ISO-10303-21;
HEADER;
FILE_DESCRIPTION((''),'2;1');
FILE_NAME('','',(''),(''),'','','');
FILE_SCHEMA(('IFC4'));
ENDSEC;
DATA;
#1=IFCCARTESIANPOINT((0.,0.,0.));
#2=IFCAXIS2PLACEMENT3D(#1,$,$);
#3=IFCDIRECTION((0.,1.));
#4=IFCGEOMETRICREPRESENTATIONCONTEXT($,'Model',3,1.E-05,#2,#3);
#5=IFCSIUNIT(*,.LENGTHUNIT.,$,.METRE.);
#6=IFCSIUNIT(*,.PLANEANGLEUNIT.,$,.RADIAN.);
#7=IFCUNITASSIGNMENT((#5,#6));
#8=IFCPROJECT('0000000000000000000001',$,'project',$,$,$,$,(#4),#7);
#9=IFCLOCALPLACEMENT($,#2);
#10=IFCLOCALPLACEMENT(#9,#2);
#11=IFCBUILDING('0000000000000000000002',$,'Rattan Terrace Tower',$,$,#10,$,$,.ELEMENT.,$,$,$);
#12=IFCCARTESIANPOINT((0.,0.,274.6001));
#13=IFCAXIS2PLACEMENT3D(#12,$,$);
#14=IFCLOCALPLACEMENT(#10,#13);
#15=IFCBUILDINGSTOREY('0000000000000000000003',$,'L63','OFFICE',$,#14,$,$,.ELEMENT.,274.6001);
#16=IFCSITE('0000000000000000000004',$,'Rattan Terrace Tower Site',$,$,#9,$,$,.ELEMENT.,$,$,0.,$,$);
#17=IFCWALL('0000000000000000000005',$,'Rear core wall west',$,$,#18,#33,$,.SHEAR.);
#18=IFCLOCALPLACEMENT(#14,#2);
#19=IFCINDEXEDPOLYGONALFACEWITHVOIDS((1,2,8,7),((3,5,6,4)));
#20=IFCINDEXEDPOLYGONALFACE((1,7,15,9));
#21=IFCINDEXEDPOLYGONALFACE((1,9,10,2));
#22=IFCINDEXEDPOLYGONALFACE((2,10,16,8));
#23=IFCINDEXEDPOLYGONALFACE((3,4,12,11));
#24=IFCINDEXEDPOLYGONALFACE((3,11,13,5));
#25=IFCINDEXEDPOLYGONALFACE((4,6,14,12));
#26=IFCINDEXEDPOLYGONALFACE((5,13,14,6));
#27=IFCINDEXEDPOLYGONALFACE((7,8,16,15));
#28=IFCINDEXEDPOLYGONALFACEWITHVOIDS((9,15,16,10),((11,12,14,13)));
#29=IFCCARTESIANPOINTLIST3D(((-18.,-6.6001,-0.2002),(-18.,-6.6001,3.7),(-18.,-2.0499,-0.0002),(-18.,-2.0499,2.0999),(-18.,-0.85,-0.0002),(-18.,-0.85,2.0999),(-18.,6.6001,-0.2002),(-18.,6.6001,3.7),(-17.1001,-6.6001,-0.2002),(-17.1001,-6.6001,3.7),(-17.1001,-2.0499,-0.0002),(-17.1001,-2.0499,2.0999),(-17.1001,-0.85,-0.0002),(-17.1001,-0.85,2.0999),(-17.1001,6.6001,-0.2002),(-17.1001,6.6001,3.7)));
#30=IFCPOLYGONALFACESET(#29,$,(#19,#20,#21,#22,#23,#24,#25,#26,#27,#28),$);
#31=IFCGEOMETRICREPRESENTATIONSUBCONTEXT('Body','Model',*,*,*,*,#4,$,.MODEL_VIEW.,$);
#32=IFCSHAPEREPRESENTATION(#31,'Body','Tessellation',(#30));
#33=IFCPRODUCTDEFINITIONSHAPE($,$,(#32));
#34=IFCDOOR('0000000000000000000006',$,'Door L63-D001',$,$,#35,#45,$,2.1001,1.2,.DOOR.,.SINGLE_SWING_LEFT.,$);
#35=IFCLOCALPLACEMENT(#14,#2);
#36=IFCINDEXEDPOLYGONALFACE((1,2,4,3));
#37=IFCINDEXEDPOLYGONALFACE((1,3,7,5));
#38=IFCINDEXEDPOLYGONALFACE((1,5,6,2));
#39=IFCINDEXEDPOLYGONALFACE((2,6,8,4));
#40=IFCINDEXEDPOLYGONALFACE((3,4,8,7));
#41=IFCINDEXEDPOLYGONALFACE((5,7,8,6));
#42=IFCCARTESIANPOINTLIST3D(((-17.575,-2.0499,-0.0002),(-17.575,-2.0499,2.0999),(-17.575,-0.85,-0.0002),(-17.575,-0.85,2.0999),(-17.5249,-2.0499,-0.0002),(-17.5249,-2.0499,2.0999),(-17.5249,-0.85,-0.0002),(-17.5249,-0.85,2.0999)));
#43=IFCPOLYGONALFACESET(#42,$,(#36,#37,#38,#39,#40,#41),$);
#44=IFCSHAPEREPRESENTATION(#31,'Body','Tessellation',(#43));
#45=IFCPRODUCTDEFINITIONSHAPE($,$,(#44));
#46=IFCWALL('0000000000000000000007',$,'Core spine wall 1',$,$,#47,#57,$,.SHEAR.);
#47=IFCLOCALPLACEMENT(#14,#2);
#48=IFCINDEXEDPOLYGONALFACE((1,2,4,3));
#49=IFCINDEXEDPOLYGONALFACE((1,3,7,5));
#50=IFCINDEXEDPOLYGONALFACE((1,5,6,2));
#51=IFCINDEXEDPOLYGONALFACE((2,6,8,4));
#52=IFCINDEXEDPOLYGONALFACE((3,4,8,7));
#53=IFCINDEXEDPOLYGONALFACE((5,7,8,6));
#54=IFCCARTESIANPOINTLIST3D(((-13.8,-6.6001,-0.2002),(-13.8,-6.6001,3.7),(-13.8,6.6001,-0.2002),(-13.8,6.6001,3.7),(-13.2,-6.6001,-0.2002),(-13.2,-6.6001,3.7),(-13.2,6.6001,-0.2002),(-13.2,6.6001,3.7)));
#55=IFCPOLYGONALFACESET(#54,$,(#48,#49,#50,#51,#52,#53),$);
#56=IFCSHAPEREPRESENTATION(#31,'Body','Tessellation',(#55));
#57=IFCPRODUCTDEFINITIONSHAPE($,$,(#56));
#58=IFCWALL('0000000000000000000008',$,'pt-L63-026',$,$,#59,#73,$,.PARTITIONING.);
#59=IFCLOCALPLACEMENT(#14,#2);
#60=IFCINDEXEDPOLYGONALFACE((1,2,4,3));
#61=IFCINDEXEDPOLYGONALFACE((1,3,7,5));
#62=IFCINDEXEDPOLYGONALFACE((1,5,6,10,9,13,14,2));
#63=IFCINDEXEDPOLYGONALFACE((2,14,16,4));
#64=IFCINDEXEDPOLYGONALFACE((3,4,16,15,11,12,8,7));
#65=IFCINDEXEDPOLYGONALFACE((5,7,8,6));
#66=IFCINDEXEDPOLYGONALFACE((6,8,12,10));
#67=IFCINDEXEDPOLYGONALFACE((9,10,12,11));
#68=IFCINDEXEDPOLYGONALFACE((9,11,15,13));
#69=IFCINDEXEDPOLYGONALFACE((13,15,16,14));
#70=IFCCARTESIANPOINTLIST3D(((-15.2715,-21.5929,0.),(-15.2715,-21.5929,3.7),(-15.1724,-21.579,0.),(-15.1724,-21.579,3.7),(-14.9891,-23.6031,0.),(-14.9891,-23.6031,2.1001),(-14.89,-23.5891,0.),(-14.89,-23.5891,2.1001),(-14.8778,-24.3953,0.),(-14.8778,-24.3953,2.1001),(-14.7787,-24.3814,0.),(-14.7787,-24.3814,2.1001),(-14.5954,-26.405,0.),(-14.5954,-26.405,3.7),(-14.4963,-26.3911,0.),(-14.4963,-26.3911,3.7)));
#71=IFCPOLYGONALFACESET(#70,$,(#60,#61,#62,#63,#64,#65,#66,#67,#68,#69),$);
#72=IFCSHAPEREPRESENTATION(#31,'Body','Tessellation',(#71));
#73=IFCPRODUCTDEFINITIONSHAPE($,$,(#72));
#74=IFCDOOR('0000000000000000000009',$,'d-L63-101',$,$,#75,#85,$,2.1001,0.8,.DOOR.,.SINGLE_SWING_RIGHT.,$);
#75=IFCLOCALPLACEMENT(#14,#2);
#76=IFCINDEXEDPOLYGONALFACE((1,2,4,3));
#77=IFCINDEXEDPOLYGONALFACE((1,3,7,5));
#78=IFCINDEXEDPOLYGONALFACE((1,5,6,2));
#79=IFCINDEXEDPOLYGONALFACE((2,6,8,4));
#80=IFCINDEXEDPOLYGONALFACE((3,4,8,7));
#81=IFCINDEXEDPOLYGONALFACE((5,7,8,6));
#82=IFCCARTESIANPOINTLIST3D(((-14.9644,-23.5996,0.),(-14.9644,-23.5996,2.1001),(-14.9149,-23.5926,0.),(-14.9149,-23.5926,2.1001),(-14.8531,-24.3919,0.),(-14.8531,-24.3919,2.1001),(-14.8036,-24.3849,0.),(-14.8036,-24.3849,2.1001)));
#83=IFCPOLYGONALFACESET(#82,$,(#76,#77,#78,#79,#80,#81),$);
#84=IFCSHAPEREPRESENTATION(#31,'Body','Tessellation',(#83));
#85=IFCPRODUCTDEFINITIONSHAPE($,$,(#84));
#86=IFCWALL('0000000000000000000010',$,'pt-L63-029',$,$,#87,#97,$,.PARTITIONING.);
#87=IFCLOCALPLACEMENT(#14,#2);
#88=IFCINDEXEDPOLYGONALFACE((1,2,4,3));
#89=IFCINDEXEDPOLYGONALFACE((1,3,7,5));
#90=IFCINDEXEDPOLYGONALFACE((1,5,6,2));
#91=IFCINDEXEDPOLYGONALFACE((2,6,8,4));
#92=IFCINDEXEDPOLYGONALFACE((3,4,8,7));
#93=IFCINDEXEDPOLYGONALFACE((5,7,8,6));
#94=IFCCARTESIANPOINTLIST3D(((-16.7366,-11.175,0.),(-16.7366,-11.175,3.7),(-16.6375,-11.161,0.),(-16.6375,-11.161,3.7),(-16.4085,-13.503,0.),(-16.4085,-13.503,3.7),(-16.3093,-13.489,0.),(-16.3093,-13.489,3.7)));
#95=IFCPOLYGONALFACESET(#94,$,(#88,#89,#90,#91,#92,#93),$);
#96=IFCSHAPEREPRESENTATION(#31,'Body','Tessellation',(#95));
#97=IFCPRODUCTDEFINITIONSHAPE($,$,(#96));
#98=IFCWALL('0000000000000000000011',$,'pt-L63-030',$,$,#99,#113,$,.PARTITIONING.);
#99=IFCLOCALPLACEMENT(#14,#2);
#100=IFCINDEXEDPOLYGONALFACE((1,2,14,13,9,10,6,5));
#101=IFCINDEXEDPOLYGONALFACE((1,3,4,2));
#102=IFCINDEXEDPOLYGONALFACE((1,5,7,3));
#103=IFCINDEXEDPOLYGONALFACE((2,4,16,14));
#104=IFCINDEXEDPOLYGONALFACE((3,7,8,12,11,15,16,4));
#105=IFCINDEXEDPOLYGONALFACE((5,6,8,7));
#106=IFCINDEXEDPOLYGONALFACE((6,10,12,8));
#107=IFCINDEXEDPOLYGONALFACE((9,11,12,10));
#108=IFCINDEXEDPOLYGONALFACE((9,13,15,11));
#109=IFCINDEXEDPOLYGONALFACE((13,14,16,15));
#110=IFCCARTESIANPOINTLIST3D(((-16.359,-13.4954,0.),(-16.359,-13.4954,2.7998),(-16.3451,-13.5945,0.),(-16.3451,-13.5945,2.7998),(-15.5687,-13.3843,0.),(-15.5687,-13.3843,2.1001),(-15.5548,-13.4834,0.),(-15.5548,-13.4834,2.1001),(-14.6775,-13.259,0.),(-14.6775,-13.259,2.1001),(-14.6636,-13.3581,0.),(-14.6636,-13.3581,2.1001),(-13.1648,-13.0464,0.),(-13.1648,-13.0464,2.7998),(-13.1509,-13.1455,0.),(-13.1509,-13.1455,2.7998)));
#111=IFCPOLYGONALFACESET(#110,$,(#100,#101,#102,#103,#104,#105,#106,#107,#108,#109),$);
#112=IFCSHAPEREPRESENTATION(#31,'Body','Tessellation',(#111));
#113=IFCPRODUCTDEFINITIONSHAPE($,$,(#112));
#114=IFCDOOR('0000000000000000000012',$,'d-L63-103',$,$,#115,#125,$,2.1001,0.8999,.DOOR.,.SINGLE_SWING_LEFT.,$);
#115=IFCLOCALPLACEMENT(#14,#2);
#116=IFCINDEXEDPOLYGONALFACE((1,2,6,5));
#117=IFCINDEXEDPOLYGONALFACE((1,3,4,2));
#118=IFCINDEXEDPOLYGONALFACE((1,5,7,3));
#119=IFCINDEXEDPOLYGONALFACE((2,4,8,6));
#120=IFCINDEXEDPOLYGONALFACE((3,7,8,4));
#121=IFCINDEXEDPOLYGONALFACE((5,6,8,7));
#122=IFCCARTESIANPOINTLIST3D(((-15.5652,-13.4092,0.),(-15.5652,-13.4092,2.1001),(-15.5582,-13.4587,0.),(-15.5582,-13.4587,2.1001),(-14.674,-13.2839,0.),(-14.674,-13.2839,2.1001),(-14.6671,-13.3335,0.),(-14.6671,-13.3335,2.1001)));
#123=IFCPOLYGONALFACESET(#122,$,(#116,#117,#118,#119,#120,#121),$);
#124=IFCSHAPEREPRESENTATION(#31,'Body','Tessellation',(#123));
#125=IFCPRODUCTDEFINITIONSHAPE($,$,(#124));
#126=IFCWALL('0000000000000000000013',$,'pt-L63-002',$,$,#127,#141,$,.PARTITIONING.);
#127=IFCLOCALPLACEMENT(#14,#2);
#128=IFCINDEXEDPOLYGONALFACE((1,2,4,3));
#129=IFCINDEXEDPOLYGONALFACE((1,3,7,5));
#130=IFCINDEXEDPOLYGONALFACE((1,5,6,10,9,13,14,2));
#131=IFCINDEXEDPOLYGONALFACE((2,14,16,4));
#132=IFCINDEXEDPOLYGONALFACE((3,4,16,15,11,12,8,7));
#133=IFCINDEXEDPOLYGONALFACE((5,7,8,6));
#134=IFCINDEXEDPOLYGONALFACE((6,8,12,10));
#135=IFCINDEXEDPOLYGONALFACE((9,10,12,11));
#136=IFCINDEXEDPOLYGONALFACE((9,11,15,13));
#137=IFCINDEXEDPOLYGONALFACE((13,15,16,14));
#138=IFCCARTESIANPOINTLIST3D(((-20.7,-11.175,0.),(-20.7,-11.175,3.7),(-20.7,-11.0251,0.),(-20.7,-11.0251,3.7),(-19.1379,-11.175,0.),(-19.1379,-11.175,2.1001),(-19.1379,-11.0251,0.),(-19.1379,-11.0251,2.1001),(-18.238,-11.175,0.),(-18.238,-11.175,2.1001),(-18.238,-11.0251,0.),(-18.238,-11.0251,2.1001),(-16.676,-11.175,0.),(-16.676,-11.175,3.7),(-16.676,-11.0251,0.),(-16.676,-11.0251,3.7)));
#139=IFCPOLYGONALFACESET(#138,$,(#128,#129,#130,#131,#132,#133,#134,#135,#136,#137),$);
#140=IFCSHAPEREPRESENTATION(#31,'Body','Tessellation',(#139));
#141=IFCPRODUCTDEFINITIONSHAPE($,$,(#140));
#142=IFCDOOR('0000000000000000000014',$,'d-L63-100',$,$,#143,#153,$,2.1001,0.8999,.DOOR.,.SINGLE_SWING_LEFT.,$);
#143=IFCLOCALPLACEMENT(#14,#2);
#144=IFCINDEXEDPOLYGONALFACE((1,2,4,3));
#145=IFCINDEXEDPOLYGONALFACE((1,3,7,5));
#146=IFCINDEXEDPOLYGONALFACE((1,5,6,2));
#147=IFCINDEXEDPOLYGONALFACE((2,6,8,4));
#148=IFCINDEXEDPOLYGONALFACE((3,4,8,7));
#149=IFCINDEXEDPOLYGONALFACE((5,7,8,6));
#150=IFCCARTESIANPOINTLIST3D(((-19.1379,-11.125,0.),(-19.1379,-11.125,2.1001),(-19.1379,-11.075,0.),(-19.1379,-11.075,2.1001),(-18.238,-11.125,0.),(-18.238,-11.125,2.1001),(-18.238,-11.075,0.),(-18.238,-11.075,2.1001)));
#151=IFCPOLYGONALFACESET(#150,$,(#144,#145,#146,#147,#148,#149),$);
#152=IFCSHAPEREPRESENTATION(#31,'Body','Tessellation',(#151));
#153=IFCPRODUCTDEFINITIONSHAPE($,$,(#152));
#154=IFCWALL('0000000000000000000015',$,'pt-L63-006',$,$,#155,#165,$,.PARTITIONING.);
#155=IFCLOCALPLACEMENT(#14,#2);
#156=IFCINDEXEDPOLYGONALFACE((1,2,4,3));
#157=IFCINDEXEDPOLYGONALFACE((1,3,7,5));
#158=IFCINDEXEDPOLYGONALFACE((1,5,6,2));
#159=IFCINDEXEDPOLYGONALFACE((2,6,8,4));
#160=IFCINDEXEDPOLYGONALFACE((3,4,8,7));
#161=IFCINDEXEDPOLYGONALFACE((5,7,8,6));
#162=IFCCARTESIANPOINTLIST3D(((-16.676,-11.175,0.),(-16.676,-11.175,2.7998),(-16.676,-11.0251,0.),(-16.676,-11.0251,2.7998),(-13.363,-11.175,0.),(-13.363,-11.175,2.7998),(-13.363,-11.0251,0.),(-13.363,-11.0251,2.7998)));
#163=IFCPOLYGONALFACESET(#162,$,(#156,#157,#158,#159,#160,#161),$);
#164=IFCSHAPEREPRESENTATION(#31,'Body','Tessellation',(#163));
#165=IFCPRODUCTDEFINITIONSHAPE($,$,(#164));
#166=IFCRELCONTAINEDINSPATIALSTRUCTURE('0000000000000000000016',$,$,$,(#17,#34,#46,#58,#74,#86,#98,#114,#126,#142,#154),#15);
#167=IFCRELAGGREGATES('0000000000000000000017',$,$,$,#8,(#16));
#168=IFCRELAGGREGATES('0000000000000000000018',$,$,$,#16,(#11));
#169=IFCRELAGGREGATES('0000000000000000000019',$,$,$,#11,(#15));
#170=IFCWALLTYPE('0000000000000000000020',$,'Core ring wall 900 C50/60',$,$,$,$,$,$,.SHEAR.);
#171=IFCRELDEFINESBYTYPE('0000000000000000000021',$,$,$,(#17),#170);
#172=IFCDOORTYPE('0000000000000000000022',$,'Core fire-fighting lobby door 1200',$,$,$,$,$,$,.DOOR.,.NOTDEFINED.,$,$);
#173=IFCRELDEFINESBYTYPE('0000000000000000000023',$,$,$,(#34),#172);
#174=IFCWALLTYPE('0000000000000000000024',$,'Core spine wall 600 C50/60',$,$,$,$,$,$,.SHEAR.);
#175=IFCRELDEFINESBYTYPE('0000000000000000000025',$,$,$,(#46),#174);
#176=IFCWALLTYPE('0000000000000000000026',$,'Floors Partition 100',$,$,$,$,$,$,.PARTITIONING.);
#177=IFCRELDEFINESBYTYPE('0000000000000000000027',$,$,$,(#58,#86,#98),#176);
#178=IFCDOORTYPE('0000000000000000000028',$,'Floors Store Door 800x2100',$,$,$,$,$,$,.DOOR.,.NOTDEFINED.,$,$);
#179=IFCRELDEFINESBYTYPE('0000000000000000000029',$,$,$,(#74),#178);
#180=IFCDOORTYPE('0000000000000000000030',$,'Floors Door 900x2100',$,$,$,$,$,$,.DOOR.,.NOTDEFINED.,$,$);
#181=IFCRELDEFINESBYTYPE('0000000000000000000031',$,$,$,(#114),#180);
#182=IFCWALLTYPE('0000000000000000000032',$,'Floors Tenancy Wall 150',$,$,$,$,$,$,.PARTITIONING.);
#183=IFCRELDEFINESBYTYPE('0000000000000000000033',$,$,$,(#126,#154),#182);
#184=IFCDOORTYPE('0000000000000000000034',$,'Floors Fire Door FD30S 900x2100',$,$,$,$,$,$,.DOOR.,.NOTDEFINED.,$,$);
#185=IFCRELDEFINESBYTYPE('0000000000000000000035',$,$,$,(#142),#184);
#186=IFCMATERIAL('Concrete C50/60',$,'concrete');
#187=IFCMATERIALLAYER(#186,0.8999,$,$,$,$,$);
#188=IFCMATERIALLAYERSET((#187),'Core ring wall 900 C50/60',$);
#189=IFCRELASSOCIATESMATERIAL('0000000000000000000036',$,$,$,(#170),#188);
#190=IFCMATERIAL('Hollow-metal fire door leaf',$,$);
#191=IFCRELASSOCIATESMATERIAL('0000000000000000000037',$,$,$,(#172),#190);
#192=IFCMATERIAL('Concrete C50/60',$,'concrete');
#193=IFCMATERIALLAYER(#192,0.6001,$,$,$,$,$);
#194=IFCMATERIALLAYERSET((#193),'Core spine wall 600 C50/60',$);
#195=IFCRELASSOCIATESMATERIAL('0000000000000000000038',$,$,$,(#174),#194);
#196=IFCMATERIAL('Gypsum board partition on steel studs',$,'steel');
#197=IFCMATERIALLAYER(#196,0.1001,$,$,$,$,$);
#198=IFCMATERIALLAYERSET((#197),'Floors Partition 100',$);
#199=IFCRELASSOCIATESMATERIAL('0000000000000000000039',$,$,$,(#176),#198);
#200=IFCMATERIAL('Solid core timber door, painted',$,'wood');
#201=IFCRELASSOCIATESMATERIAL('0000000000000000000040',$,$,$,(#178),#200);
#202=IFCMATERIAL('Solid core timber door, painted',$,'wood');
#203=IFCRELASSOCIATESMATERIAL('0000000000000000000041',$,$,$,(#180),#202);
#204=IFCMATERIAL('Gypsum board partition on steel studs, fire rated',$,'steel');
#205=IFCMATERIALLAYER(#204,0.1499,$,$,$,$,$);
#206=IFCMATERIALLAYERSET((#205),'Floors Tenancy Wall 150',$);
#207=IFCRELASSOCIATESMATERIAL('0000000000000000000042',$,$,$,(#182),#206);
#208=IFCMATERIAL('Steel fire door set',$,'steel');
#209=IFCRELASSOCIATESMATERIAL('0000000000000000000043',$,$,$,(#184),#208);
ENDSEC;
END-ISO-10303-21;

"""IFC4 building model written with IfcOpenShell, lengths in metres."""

from ifc_helpers import new_model, si_unit, direction, frame, frame_2d, origin, place, context, subcontext, project, spatial, rectangle, extrude, material, layer, layer_set, type_object, element, fill, save


model = new_model("IFC4")

# Units and contexts
model_context = context("Model", 3, precision=1e-05, world=origin(), true_north=direction((0.0, 1.0)))
body_context = subcontext(model_context, "Body", "Model", "MODEL_VIEW")
ifc_project = project(units=[si_unit("LENGTHUNIT", "METRE"), si_unit("PLANEANGLEUNIT", "RADIAN")], contexts=[model_context])

# Site, building, storey
site_placement = place(None, origin())
site = spatial("IfcSite", under=ifc_project, at=site_placement, Name="Rattan Terrace Tower Site", CompositionType="ELEMENT", RefElevation=0.0)
building_placement = place(site_placement, origin())
building = spatial("IfcBuilding", under=site, at=building_placement, Name="Rattan Terrace Tower", CompositionType="ELEMENT")
storey_placement = place(building_placement, frame((0.0, 0.0, 274.6001)))
storey = spatial("IfcBuildingStorey", under=building, at=storey_placement, Name="L63", Description="OFFICE", CompositionType="ELEMENT", Elevation=274.6001)

# Wall, opening, door
ifc_material_1 = material(Name="Concrete C50/60", Category="concrete")
ifc_layer_1 = layer(ifc_material_1, 0.8999)
ifc_layer_set_1 = layer_set([ifc_layer_1], Name="Core ring wall 900 C50/60")
wall_type_1 = type_object("IfcWallType", Name="Core ring wall 900 C50/60", PredefinedType="SHEAR", material=ifc_layer_set_1)
wall_1_placement = place(storey_placement, frame((-17.55, -6.6001, -0.2002), z_axis=(0.0, 0.0, 1.0), x_axis=(0.0, 1.0, 0.0)))
wall_1 = element("IfcWall", 1, at=wall_1_placement, inside=storey, type_object=wall_type_1, Name="Rear core wall west", PredefinedType="SHEAR", context=body_context, shape_type="SweptSolid", body=[
    extrude(rectangle(XDim=13.2002, YDim=0.8999, at=frame_2d((6.6001, 0.0))), origin(), (0.0, 0.0, 1.0), 3.9001),
])
opening_1_placement = place(wall_1_placement, frame((4.55, 0.0, 0.2)))
opening_1 = element("IfcOpeningElement", 2, at=opening_1_placement, cuts=wall_1, PredefinedType="OPENING", context=body_context, shape_type="SweptSolid", body=[
    extrude(rectangle(XDim=1.2, YDim=2.1001, at=frame_2d((0.6001, 1.05))), frame((0.0, 0.4604, 0.0), z_axis=(0.0, -1.0, 0.0), x_axis=(1.0, 0.0, 0.0)), (0.0, 0.0, 1.0), 0.9209),
])
ifc_material_2 = material(Name="Hollow-metal fire door leaf")
door_type_1 = type_object("IfcDoorType", Name="Core fire-fighting lobby door 1200", OperationType="NOTDEFINED", PredefinedType="DOOR", material=ifc_material_2)
door_1_placement = place(opening_1_placement, origin())
door_1 = element("IfcDoor", 3, at=door_1_placement, inside=storey, type_object=door_type_1, Name="Door L63-D001", OperationType="SINGLE_SWING_LEFT", OverallHeight=2.1001, OverallWidth=1.2, PredefinedType="DOOR", context=body_context, shape_type="SweptSolid", body=[
    extrude(rectangle(XDim=1.2, YDim=2.1001, at=frame_2d((0.6001, 1.05))), frame((0.0, 0.0249, 0.0), z_axis=(0.0, -1.0, 0.0), x_axis=(1.0, 0.0, 0.0)), (0.0, 0.0, 1.0), 0.05),
])
fill(opening_1, door_1)

# Wall
ifc_material_3 = material(Name="Concrete C50/60", Category="concrete")
ifc_layer_2 = layer(ifc_material_3, 0.6001)
ifc_layer_set_2 = layer_set([ifc_layer_2], Name="Core spine wall 600 C50/60")
wall_type_2 = type_object("IfcWallType", Name="Core spine wall 600 C50/60", PredefinedType="SHEAR", material=ifc_layer_set_2)
wall_2_placement = place(storey_placement, frame((-13.5, -6.6001, -0.2002), z_axis=(0.0, 0.0, 1.0), x_axis=(0.0, 1.0, 0.0)))
element("IfcWall", 4, at=wall_2_placement, inside=storey, type_object=wall_type_2, Name="Core spine wall 1", PredefinedType="SHEAR", context=body_context, shape_type="SweptSolid", body=[
    extrude(rectangle(XDim=13.2002, YDim=0.6001, at=frame_2d((6.6001, 0.0))), origin(), (0.0, 0.0, 1.0), 3.9001),
])

# Wall, opening, door
ifc_material_4 = material(Name="Gypsum board partition on steel studs", Category="steel")
ifc_layer_3 = layer(ifc_material_4, 0.1001)
ifc_layer_set_3 = layer_set([ifc_layer_3], Name="Floors Partition 100")
wall_type_3 = type_object("IfcWallType", Name="Floors Partition 100", PredefinedType="PARTITIONING", material=ifc_layer_set_3)
wall_3_placement = place(storey_placement, frame((-15.2219, -21.5859, 0.0), z_axis=(0.0, 0.0, 1.0), x_axis=(0.139121, -0.990275, 0.0)))
wall_3 = element("IfcWall", 5, at=wall_3_placement, inside=storey, type_object=wall_type_3, Name="pt-L63-026", PredefinedType="PARTITIONING", context=body_context, shape_type="SweptSolid", body=[
    extrude(rectangle(XDim=4.8594, YDim=0.1001, at=frame_2d((2.4297, 0.0))), origin(), (0.0, 0.0, 1.0), 3.7),
])
opening_2_placement = place(wall_3_placement, frame((2.03, 0.0, 0.0)))
opening_2 = element("IfcOpeningElement", 6, at=opening_2_placement, cuts=wall_3, PredefinedType="OPENING", context=body_context, shape_type="SweptSolid", body=[
    extrude(rectangle(XDim=0.8, YDim=2.1001, at=frame_2d((0.3999, 1.05))), frame((0.0, 0.0605, 0.0), z_axis=(0.0, -1.0, 0.0), x_axis=(1.0, 0.0, 0.0)), (0.0, 0.0, 1.0), 0.1211),
])
ifc_material_5 = material(Name="Solid core timber door, painted", Category="wood")
door_type_2 = type_object("IfcDoorType", Name="Floors Store Door 800x2100", OperationType="NOTDEFINED", PredefinedType="DOOR", material=ifc_material_5)
door_2_placement = place(opening_2_placement, origin())
door_2 = element("IfcDoor", 7, at=door_2_placement, inside=storey, type_object=door_type_2, Name="d-L63-101", OperationType="SINGLE_SWING_RIGHT", OverallHeight=2.1001, OverallWidth=0.8, PredefinedType="DOOR", context=body_context, shape_type="SweptSolid", body=[
    extrude(rectangle(XDim=0.8, YDim=2.1001, at=frame_2d((0.3999, 1.05))), frame((0.0, 0.0249, 0.0), z_axis=(0.0, -1.0, 0.0), x_axis=(1.0, 0.0, 0.0)), (0.0, 0.0, 1.0), 0.05),
])
fill(opening_2, door_2)

# Wall
wall_4_placement = place(storey_placement, frame((-16.687, -11.168, 0.0), z_axis=(0.0, 0.0, 1.0), x_axis=(0.13956, -0.990214, 0.0)))
element("IfcWall", 8, at=wall_4_placement, inside=storey, type_object=wall_type_3, Name="pt-L63-029", PredefinedType="PARTITIONING", context=body_context, shape_type="SweptSolid", body=[
    extrude(rectangle(XDim=2.3511, YDim=0.1001, at=frame_2d((1.1755, 0.0))), origin(), (0.0, 0.0, 1.0), 3.7),
])

# Walls, openings, doors
wall_5_placement = place(storey_placement, frame((-16.3521, -13.5449, 0.0), z_axis=(0.0, 0.0, 1.0), x_axis=(0.990265, 0.139196, 0.0)))
wall_5 = element("IfcWall", 9, at=wall_5_placement, inside=storey, type_object=wall_type_3, Name="pt-L63-030", PredefinedType="PARTITIONING", context=body_context, shape_type="SweptSolid", body=[
    extrude(rectangle(XDim=3.2256, YDim=0.1001, at=frame_2d((1.6128, 0.0))), origin(), (0.0, 0.0, 1.0), 2.7998),
])
opening_3_placement = place(wall_5_placement, frame((0.7981, 0.0, 0.0)))
opening_3 = element("IfcOpeningElement", 10, at=opening_3_placement, cuts=wall_5, PredefinedType="OPENING", context=body_context, shape_type="SweptSolid", body=[
    extrude(rectangle(XDim=0.8999, YDim=2.1001, at=frame_2d((0.45, 1.05))), frame((0.0, 0.0605, 0.0), z_axis=(0.0, -1.0, 0.0), x_axis=(1.0, 0.0, 0.0)), (0.0, 0.0, 1.0), 0.1211),
])
ifc_material_6 = material(Name="Solid core timber door, painted", Category="wood")
door_type_3 = type_object("IfcDoorType", Name="Floors Door 900x2100", OperationType="NOTDEFINED", PredefinedType="DOOR", material=ifc_material_6)
door_3_placement = place(opening_3_placement, origin())
door_3 = element("IfcDoor", 11, at=door_3_placement, inside=storey, type_object=door_type_3, Name="d-L63-103", OperationType="SINGLE_SWING_LEFT", OverallHeight=2.1001, OverallWidth=0.8999, PredefinedType="DOOR", context=body_context, shape_type="SweptSolid", body=[
    extrude(rectangle(XDim=0.8999, YDim=2.1001, at=frame_2d((0.45, 1.05))), frame((0.0, 0.0249, 0.0), z_axis=(0.0, -1.0, 0.0), x_axis=(1.0, 0.0, 0.0)), (0.0, 0.0, 1.0), 0.05),
])
fill(opening_3, door_3)
ifc_material_7 = material(Name="Gypsum board partition on steel studs, fire rated", Category="steel")
ifc_layer_4 = layer(ifc_material_7, 0.1499)
ifc_layer_set_4 = layer_set([ifc_layer_4], Name="Floors Tenancy Wall 150")
wall_type_4 = type_object("IfcWallType", Name="Floors Tenancy Wall 150", PredefinedType="PARTITIONING", material=ifc_layer_set_4)
wall_6_placement = place(storey_placement, frame((-16.676, -11.1001, 0.0), z_axis=(0.0, 0.0, 1.0), x_axis=(-1.0, 0.0, 0.0)))
wall_6 = element("IfcWall", 12, at=wall_6_placement, inside=storey, type_object=wall_type_4, Name="pt-L63-002", PredefinedType="PARTITIONING", context=body_context, shape_type="SweptSolid", body=[
    extrude(rectangle(XDim=4.0239, YDim=0.1499, at=frame_2d((2.012, 0.0))), origin(), (0.0, 0.0, 1.0), 3.7),
])
opening_4_placement = place(wall_6_placement, frame((1.562, 0.0, 0.0)))
opening_4 = element("IfcOpeningElement", 13, at=opening_4_placement, cuts=wall_6, PredefinedType="OPENING", context=body_context, shape_type="SweptSolid", body=[
    extrude(rectangle(XDim=0.8999, YDim=2.1001, at=frame_2d((0.45, 1.05))), frame((0.0, 0.0854, 0.0), z_axis=(0.0, -1.0, 0.0), x_axis=(1.0, 0.0, 0.0)), (0.0, 0.0, 1.0), 0.1709),
])
ifc_material_8 = material(Name="Steel fire door set", Category="steel")
door_type_4 = type_object("IfcDoorType", Name="Floors Fire Door FD30S 900x2100", OperationType="NOTDEFINED", PredefinedType="DOOR", material=ifc_material_8)
door_4_placement = place(opening_4_placement, origin())
door_4 = element("IfcDoor", 14, at=door_4_placement, inside=storey, type_object=door_type_4, Name="d-L63-100", OperationType="SINGLE_SWING_LEFT", OverallHeight=2.1001, OverallWidth=0.8999, PredefinedType="DOOR", context=body_context, shape_type="SweptSolid", body=[
    extrude(rectangle(XDim=0.8999, YDim=2.1001, at=frame_2d((0.45, 1.05))), frame((0.0, 0.0249, 0.0), z_axis=(0.0, -1.0, 0.0), x_axis=(1.0, 0.0, 0.0)), (0.0, 0.0, 1.0), 0.05),
])
fill(opening_4, door_4)

# Wall
wall_7_placement = place(storey_placement, frame((-13.363, -11.1001, 0.0), z_axis=(0.0, 0.0, 1.0), x_axis=(-1.0, 0.0, 0.0)))
element("IfcWall", 15, at=wall_7_placement, inside=storey, type_object=wall_type_4, Name="pt-L63-006", PredefinedType="PARTITIONING", context=body_context, shape_type="SweptSolid", body=[
    extrude(rectangle(XDim=3.313, YDim=0.1499, at=frame_2d((1.6565, 0.0))), origin(), (0.0, 0.0, 1.0), 2.7998),
])

save(model, "model.ifc")
